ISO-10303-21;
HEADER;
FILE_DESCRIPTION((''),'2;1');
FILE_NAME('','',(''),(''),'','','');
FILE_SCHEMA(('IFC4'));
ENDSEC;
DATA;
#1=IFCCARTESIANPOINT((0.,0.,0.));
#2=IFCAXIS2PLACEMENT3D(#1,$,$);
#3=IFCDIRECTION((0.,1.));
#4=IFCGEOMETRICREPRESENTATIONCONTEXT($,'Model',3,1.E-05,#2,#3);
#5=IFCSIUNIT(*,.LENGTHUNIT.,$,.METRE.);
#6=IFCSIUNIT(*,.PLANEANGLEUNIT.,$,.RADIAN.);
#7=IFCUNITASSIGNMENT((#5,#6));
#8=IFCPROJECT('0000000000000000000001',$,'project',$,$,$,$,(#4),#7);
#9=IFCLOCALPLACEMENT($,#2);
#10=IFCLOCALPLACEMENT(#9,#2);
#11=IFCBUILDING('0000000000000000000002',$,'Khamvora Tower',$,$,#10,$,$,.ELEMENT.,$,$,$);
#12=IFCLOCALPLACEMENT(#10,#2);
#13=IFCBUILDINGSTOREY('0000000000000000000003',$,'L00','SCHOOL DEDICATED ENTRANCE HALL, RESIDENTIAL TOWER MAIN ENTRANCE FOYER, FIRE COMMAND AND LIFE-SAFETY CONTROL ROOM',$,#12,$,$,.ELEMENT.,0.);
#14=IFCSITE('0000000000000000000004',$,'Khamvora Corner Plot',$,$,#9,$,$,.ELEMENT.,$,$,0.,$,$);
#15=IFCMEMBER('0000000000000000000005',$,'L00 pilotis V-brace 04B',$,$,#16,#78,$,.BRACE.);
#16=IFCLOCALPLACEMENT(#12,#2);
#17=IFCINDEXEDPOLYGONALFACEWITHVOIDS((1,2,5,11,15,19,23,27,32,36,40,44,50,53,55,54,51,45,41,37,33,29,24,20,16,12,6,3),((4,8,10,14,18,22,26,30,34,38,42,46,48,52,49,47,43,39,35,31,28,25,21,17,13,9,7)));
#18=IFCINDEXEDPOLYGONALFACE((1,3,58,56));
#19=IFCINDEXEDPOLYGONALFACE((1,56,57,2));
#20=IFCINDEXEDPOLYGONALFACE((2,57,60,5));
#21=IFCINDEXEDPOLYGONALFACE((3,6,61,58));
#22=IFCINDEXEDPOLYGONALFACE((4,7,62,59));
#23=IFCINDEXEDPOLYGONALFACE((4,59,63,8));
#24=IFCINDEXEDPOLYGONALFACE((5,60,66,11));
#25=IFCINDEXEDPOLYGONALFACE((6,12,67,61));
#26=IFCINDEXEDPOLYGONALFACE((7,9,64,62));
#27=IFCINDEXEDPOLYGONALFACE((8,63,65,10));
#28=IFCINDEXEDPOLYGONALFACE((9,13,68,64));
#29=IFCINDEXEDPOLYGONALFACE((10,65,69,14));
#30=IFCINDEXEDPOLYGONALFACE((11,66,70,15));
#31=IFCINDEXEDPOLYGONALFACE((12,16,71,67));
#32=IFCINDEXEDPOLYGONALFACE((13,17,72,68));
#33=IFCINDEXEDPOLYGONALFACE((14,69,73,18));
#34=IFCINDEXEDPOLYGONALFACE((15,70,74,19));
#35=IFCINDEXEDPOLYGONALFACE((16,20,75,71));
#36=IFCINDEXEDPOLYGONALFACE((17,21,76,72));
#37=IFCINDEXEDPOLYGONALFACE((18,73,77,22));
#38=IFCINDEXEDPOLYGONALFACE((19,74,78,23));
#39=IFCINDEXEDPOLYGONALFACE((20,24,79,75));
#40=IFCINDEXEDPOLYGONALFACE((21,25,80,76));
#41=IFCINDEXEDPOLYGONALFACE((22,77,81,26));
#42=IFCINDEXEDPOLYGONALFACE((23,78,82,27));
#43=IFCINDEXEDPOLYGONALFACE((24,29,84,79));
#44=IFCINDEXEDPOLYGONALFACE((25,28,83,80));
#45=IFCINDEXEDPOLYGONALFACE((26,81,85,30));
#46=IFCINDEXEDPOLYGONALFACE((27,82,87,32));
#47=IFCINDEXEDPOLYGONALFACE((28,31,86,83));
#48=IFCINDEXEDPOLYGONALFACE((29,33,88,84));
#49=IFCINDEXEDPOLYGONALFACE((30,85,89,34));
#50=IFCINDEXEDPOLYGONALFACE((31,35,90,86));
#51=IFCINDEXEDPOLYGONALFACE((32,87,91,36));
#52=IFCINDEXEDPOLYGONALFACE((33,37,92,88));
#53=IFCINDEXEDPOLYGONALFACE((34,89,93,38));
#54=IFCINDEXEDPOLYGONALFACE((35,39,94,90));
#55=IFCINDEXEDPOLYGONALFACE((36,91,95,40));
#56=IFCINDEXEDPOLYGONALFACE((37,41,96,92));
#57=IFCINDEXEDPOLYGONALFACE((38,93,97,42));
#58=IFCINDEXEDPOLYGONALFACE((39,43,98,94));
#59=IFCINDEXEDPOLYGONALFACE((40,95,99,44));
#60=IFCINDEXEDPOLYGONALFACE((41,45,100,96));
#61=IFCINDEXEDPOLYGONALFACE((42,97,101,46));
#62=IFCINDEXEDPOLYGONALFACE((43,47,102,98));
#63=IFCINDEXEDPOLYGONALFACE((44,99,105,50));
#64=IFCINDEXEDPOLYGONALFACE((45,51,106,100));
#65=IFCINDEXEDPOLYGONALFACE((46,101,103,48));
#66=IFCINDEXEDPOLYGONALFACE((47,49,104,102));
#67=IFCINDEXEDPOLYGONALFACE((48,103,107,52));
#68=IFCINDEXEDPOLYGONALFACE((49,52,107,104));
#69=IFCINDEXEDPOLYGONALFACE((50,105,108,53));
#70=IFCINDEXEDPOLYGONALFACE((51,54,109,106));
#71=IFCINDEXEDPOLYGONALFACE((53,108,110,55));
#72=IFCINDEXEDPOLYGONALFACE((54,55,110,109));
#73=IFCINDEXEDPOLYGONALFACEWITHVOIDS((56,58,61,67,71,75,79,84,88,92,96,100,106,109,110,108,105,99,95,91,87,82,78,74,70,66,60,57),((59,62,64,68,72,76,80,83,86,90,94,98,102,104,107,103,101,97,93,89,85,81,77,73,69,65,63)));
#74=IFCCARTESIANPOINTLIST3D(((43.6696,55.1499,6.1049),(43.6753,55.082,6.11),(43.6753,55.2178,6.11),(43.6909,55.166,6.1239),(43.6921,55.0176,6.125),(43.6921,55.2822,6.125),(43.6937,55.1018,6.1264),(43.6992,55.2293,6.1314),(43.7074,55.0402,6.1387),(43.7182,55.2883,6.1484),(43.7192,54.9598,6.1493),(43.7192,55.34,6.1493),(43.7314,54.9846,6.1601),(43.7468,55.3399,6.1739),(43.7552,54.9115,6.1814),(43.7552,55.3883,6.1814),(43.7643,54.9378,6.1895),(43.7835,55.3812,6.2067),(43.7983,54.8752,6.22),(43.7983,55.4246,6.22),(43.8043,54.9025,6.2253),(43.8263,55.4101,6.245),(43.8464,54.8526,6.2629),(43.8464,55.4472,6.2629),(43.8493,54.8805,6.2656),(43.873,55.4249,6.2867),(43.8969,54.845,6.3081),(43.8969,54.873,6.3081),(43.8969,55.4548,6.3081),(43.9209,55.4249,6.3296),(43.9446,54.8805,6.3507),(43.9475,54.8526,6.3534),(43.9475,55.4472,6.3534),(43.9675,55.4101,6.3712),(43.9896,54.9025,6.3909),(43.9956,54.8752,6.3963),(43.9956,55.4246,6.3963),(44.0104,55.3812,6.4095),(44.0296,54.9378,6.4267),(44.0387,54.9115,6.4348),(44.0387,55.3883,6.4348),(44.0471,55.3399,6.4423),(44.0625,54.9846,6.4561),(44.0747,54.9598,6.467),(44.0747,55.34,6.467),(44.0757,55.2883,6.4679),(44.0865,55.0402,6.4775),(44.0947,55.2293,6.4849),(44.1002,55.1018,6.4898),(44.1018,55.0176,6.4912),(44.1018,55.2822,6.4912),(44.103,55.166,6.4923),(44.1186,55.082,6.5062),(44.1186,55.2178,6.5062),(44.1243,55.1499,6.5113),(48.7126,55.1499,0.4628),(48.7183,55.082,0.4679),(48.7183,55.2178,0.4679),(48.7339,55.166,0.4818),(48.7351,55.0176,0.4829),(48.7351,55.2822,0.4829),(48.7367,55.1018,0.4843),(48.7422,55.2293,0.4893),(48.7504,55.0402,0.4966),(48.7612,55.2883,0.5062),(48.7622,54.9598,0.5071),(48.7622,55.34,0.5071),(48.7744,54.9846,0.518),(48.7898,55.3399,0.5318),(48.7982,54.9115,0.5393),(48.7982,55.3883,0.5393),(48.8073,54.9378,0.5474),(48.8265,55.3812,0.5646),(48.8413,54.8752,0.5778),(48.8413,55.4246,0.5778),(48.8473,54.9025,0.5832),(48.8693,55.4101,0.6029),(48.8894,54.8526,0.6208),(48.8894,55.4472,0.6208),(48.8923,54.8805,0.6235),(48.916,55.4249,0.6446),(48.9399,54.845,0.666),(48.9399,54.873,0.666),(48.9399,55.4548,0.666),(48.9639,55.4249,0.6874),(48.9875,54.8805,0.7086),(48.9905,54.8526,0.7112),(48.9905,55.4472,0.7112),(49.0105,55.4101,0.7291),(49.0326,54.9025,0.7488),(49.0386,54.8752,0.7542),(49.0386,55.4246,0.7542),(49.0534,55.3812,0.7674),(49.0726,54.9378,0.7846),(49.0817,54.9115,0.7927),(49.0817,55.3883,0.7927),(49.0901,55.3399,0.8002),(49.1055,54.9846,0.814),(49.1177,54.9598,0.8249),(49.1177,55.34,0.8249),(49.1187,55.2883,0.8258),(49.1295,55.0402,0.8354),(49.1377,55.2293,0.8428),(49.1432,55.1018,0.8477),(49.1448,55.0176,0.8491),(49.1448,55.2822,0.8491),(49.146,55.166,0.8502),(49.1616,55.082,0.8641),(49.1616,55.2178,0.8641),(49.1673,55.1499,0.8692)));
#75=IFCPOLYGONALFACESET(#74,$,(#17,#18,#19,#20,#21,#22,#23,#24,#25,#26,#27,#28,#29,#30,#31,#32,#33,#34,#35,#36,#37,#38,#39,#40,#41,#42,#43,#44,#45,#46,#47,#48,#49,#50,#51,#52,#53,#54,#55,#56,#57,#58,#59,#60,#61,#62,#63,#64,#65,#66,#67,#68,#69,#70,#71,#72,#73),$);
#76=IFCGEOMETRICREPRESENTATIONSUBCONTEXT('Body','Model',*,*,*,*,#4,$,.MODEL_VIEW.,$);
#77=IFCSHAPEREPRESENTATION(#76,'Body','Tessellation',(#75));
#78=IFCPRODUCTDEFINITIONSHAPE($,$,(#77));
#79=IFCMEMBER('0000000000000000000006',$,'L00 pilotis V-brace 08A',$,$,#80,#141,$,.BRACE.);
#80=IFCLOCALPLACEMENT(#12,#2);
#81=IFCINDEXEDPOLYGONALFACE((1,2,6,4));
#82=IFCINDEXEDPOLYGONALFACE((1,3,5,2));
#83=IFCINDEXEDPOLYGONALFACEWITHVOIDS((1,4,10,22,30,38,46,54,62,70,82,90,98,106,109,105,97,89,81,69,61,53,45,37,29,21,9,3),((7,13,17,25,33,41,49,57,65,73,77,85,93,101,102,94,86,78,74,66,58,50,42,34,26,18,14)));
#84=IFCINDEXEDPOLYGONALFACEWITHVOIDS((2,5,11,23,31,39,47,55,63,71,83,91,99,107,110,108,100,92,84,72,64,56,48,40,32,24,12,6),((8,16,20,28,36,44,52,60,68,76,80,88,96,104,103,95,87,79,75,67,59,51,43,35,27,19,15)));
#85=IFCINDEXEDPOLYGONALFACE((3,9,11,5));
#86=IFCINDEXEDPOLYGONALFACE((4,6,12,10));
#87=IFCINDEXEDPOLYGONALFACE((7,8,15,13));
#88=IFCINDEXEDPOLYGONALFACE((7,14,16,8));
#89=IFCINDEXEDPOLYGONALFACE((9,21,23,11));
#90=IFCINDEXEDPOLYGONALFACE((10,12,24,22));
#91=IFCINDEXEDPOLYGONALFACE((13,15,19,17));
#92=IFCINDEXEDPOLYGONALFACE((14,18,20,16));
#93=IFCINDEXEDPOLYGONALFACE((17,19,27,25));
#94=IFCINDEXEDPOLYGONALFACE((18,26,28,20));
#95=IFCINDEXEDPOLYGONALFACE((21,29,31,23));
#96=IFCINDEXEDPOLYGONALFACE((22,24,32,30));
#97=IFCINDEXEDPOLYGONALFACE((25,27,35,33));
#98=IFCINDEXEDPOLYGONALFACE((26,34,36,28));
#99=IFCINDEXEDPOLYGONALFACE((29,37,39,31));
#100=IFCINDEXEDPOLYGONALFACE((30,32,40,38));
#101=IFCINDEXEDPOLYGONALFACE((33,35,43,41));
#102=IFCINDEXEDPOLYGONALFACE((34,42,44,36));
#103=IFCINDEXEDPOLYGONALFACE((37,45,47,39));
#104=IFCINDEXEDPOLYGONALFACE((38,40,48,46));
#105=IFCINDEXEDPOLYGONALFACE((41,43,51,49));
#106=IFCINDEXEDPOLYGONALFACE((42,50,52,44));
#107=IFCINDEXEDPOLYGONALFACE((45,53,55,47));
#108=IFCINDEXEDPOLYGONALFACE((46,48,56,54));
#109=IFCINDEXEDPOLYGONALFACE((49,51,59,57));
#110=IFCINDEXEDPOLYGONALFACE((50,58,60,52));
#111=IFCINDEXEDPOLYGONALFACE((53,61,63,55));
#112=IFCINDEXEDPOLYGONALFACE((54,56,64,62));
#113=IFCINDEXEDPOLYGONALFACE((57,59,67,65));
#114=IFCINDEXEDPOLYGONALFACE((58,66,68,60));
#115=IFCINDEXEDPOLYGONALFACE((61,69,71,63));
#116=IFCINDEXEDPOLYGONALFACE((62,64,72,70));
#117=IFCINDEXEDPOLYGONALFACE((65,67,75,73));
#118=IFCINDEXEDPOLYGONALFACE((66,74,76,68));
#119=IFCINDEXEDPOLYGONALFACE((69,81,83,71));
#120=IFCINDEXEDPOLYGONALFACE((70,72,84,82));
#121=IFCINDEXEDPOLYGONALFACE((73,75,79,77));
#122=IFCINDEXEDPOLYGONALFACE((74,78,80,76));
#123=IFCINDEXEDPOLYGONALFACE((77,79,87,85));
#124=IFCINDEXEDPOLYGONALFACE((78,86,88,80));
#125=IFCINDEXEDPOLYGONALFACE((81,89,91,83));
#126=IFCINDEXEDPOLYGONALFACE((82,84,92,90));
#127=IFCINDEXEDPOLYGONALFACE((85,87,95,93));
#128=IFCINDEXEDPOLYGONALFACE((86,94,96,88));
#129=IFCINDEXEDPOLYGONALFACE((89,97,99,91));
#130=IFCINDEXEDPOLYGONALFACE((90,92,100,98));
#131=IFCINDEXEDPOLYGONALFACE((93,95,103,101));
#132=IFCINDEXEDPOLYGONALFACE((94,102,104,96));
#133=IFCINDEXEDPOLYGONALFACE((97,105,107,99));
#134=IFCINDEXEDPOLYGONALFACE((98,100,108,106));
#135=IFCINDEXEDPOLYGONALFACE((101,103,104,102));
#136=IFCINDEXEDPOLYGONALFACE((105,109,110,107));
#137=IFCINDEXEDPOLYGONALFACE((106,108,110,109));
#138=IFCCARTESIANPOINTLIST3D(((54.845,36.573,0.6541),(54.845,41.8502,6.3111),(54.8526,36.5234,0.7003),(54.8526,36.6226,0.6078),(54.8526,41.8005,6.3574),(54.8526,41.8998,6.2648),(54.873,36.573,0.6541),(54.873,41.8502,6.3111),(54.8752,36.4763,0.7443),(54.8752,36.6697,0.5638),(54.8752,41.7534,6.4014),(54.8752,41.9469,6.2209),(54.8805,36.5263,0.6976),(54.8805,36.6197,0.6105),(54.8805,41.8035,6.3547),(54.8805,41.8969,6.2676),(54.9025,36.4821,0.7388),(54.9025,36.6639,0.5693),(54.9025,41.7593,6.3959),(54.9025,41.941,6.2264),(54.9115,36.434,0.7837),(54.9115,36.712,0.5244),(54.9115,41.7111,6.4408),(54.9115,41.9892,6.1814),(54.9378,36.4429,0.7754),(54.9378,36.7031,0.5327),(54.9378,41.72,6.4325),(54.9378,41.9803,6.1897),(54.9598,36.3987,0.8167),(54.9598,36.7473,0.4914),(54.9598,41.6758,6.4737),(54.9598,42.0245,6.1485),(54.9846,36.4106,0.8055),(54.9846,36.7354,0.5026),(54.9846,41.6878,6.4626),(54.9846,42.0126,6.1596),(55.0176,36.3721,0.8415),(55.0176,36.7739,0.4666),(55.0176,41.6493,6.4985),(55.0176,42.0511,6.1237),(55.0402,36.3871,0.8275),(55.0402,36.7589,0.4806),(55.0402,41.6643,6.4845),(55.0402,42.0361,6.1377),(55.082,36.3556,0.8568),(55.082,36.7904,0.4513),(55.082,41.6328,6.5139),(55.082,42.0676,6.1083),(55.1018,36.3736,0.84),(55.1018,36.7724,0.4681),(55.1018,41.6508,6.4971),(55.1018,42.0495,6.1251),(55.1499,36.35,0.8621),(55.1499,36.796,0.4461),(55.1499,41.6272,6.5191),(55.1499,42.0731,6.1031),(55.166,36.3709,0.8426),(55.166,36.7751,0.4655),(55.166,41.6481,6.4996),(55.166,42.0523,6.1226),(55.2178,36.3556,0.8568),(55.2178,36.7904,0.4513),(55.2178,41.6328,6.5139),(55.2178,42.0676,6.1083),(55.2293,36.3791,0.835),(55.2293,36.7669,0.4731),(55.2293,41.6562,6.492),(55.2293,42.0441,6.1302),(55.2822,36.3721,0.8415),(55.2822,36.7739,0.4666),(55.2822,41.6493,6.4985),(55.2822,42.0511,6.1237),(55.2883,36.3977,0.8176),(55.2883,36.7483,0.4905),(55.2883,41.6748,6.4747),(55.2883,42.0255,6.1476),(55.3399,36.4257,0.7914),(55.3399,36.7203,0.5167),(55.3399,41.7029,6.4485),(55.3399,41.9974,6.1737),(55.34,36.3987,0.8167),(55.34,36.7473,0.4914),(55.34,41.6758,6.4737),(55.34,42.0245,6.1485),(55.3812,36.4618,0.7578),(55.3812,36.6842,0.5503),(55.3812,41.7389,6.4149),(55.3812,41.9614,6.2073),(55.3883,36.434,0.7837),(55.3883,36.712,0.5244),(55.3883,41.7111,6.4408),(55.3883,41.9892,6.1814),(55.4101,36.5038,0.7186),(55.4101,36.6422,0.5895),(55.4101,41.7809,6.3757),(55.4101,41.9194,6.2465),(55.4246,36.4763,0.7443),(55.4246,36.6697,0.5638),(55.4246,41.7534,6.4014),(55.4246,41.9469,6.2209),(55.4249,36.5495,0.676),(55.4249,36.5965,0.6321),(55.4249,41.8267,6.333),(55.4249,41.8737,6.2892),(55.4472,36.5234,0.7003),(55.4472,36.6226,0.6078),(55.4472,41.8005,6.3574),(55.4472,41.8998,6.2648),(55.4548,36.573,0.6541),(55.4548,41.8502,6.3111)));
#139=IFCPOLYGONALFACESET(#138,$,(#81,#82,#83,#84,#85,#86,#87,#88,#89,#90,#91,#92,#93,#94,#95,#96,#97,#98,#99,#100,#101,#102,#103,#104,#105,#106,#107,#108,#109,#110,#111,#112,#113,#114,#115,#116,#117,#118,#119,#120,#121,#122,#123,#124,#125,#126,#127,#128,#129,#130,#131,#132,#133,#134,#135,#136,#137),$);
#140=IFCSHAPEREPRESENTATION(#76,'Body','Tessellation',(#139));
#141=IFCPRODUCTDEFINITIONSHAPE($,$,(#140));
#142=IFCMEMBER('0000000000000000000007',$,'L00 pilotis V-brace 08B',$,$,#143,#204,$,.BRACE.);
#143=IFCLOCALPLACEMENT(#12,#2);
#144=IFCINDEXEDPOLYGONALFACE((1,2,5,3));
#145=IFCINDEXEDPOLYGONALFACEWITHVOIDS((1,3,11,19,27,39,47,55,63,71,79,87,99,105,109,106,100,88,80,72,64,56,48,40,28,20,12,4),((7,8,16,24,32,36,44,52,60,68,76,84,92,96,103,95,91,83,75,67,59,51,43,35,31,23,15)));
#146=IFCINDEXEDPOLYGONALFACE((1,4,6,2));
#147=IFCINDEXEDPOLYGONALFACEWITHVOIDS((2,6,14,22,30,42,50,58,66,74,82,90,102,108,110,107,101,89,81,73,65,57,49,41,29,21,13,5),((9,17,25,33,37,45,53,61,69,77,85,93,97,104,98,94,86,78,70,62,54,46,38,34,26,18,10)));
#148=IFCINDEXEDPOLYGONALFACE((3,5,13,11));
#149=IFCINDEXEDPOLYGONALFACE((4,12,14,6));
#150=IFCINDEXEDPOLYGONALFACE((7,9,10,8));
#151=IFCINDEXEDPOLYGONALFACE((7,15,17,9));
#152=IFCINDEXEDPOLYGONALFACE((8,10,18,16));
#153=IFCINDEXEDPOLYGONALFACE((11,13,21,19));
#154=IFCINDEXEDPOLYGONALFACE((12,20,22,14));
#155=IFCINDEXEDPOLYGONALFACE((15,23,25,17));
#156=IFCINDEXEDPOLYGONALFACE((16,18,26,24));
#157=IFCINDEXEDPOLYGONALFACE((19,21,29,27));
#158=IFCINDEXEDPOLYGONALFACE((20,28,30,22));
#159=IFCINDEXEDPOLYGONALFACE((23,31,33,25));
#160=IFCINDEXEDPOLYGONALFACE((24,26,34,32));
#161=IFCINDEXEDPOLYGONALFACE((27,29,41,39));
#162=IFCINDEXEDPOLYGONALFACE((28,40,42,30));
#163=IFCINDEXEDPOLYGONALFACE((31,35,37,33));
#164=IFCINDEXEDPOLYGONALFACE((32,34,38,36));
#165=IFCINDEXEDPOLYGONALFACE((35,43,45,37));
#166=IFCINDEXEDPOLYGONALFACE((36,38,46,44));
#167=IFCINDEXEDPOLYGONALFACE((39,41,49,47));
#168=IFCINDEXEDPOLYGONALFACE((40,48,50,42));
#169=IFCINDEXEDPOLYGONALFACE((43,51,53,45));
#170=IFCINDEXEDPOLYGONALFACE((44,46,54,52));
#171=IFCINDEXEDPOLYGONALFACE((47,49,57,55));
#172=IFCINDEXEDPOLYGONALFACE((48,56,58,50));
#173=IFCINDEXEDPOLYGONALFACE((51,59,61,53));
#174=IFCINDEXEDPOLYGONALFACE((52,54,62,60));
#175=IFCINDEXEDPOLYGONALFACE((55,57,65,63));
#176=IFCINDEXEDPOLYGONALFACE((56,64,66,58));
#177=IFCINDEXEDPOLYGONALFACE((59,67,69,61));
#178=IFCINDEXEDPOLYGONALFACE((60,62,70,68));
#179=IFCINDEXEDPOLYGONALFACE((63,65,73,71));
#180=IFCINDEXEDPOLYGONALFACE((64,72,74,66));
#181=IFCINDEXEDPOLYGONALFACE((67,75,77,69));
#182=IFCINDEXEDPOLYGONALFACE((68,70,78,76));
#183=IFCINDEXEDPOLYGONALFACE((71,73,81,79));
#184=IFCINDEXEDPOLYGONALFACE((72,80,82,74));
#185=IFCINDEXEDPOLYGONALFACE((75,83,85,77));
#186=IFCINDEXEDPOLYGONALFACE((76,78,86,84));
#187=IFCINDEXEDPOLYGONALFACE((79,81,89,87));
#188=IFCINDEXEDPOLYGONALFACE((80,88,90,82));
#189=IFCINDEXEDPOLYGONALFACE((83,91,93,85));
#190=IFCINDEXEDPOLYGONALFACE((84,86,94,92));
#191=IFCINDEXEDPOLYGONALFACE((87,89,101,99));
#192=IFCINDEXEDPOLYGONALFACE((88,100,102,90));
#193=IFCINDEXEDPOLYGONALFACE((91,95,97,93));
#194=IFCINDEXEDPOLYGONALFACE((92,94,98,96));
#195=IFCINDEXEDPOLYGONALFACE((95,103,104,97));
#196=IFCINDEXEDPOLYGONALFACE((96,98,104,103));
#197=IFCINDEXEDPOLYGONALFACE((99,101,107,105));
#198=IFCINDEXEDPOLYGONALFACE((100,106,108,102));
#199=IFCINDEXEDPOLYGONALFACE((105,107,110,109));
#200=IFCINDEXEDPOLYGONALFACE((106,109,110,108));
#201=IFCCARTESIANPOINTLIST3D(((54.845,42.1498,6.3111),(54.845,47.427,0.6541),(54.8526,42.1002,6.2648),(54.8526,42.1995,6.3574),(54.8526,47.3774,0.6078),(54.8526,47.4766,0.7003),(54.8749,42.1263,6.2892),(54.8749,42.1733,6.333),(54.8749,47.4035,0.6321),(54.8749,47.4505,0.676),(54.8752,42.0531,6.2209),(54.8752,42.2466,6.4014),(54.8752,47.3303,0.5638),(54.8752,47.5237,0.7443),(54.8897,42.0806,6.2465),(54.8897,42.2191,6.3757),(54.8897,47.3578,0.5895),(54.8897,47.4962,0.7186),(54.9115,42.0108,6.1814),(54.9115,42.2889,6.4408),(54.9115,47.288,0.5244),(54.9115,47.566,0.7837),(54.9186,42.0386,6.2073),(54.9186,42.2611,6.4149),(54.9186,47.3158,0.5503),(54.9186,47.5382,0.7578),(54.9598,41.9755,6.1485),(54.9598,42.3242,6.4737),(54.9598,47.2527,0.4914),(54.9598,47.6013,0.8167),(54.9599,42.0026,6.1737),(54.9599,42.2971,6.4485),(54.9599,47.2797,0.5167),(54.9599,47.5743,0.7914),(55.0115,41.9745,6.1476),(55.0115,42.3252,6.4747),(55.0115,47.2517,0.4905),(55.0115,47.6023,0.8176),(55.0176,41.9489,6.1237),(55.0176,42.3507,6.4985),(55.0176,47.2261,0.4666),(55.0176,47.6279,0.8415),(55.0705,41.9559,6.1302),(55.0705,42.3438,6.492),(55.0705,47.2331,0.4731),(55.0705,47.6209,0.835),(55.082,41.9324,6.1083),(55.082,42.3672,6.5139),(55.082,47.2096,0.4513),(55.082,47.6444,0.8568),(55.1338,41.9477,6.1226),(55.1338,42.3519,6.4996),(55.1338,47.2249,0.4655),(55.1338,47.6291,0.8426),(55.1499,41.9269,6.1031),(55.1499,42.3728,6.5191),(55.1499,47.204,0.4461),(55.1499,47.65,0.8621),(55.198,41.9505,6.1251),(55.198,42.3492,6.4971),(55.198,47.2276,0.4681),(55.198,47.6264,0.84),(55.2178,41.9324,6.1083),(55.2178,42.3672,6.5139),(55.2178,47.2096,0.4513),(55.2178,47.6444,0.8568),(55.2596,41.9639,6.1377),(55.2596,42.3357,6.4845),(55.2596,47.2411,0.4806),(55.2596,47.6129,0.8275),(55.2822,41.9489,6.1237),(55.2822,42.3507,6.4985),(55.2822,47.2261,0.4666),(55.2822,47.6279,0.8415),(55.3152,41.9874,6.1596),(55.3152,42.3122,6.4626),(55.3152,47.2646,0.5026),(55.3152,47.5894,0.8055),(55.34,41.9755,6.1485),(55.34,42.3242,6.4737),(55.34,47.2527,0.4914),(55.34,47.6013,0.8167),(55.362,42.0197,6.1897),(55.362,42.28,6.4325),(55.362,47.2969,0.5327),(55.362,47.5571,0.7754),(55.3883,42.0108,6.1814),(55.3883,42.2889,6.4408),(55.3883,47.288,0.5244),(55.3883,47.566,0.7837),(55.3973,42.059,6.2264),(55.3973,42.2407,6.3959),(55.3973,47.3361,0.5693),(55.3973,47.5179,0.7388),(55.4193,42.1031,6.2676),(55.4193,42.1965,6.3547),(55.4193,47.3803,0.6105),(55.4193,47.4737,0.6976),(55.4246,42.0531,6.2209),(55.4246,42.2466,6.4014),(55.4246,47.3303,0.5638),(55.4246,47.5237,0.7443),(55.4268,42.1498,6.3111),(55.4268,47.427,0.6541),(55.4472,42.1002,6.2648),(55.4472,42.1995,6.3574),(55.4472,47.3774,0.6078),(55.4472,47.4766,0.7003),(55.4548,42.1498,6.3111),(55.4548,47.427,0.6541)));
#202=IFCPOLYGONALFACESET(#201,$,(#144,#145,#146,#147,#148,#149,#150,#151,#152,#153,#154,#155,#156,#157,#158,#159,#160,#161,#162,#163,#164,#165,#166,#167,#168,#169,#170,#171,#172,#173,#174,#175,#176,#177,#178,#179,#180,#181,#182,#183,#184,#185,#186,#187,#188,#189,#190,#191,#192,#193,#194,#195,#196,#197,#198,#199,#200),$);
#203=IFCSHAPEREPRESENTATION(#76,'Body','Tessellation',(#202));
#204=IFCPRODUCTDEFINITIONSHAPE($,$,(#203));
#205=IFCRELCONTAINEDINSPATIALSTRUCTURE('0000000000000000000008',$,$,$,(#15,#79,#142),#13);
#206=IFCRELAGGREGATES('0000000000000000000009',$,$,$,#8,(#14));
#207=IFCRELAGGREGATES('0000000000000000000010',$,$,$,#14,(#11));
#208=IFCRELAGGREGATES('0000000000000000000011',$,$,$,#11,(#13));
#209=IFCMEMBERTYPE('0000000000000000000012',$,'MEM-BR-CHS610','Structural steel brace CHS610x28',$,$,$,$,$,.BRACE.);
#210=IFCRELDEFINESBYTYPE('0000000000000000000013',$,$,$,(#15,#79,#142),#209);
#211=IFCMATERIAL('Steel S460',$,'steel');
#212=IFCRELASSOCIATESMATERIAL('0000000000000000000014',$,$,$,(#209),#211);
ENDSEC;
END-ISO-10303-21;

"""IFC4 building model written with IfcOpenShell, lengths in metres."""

from ifc_helpers import new_model, si_unit, direction, frame, origin, origin_2d, place, context, subcontext, project, spatial, hollow_circle, extrude, material, material_profile, profile_set, type_object, element, save


model = new_model("IFC4")

# Units and contexts
model_context = context("Model", 3, precision=1e-05, world=origin(), true_north=direction((0.0, 1.0)))
body_context = subcontext(model_context, "Body", "Model", "MODEL_VIEW")
ifc_project = project(units=[si_unit("LENGTHUNIT", "METRE"), si_unit("PLANEANGLEUNIT", "RADIAN")], contexts=[model_context])

# Site, building, storey
site_placement = place(None, origin())
site = spatial("IfcSite", under=ifc_project, at=site_placement, Name="Khamvora Corner Plot", CompositionType="ELEMENT", RefElevation=0.0)
building_placement = place(site_placement, origin())
building = spatial("IfcBuilding", under=site, at=building_placement, Name="Khamvora Tower", CompositionType="ELEMENT")
storey_placement = place(building_placement, origin())
storey = spatial("IfcBuildingStorey", under=building, at=storey_placement, Name="L00", Description="SCHOOL DEDICATED ENTRANCE HALL, RESIDENTIAL TOWER MAIN ENTRANCE FOYER, FIRE COMMAND AND LIFE-SAFETY CONTROL ROOM", CompositionType="ELEMENT", Elevation=0.0)

# Shared definitions
ifc_material_1 = material(Name="Steel S460", Category="steel")

# Members
ifc_material_profile_1 = material_profile(ifc_material_1, hollow_circle(Radius=0.3049, WallThickness=0.0281, at=origin_2d()), Name="CHS610x28")
ifc_profile_set_1 = profile_set([ifc_material_profile_1], Name="Steel S460")
member_type = type_object("IfcMemberType", Name="MEM-BR-CHS610", Description="Structural steel brace CHS610x28", PredefinedType="BRACE", material=ifc_profile_set_1)
member_placement = place(storey_placement, frame((48.9399, 55.1499, 0.666), z_axis=(-0.666412, 0.0, 0.745584), x_axis=(0.0, -1.0, 0.0)))
element("IfcMember", 1, at=member_placement, inside=storey, type_object=member_type, Name="L00 pilotis V-brace 04B", PredefinedType="BRACE", context=body_context, shape_type="SweptSolid", body=[
    extrude(hollow_circle(Radius=0.3049, WallThickness=0.0281, at=origin_2d()), origin(), (0.0, 0.0, 1.0), 7.5674),
])
for number, where, z_axis, x_axis, name in (
    (2, (55.1499, 36.573, 0.6541), (0.0, 0.682128, 0.731233), (-1.0, 0.0, 0.0), "L00 pilotis V-brace 08A"),
    (3, (55.1499, 47.427, 0.6541), (0.0, -0.682128, 0.731233), (1.0, 0.0, 0.0), "L00 pilotis V-brace 08B"),
):
    element("IfcMember", number, at=place(storey_placement, frame(where, z_axis=z_axis, x_axis=x_axis)), inside=storey, type_object=member_type, Name=name, PredefinedType="BRACE", context=body_context, shape_type="SweptSolid", body=[
        extrude(hollow_circle(Radius=0.3049, WallThickness=0.0281, at=origin_2d()), origin(), (0.0, 0.0, 1.0), 7.7363),
    ])

save(model, "model.ifc")
